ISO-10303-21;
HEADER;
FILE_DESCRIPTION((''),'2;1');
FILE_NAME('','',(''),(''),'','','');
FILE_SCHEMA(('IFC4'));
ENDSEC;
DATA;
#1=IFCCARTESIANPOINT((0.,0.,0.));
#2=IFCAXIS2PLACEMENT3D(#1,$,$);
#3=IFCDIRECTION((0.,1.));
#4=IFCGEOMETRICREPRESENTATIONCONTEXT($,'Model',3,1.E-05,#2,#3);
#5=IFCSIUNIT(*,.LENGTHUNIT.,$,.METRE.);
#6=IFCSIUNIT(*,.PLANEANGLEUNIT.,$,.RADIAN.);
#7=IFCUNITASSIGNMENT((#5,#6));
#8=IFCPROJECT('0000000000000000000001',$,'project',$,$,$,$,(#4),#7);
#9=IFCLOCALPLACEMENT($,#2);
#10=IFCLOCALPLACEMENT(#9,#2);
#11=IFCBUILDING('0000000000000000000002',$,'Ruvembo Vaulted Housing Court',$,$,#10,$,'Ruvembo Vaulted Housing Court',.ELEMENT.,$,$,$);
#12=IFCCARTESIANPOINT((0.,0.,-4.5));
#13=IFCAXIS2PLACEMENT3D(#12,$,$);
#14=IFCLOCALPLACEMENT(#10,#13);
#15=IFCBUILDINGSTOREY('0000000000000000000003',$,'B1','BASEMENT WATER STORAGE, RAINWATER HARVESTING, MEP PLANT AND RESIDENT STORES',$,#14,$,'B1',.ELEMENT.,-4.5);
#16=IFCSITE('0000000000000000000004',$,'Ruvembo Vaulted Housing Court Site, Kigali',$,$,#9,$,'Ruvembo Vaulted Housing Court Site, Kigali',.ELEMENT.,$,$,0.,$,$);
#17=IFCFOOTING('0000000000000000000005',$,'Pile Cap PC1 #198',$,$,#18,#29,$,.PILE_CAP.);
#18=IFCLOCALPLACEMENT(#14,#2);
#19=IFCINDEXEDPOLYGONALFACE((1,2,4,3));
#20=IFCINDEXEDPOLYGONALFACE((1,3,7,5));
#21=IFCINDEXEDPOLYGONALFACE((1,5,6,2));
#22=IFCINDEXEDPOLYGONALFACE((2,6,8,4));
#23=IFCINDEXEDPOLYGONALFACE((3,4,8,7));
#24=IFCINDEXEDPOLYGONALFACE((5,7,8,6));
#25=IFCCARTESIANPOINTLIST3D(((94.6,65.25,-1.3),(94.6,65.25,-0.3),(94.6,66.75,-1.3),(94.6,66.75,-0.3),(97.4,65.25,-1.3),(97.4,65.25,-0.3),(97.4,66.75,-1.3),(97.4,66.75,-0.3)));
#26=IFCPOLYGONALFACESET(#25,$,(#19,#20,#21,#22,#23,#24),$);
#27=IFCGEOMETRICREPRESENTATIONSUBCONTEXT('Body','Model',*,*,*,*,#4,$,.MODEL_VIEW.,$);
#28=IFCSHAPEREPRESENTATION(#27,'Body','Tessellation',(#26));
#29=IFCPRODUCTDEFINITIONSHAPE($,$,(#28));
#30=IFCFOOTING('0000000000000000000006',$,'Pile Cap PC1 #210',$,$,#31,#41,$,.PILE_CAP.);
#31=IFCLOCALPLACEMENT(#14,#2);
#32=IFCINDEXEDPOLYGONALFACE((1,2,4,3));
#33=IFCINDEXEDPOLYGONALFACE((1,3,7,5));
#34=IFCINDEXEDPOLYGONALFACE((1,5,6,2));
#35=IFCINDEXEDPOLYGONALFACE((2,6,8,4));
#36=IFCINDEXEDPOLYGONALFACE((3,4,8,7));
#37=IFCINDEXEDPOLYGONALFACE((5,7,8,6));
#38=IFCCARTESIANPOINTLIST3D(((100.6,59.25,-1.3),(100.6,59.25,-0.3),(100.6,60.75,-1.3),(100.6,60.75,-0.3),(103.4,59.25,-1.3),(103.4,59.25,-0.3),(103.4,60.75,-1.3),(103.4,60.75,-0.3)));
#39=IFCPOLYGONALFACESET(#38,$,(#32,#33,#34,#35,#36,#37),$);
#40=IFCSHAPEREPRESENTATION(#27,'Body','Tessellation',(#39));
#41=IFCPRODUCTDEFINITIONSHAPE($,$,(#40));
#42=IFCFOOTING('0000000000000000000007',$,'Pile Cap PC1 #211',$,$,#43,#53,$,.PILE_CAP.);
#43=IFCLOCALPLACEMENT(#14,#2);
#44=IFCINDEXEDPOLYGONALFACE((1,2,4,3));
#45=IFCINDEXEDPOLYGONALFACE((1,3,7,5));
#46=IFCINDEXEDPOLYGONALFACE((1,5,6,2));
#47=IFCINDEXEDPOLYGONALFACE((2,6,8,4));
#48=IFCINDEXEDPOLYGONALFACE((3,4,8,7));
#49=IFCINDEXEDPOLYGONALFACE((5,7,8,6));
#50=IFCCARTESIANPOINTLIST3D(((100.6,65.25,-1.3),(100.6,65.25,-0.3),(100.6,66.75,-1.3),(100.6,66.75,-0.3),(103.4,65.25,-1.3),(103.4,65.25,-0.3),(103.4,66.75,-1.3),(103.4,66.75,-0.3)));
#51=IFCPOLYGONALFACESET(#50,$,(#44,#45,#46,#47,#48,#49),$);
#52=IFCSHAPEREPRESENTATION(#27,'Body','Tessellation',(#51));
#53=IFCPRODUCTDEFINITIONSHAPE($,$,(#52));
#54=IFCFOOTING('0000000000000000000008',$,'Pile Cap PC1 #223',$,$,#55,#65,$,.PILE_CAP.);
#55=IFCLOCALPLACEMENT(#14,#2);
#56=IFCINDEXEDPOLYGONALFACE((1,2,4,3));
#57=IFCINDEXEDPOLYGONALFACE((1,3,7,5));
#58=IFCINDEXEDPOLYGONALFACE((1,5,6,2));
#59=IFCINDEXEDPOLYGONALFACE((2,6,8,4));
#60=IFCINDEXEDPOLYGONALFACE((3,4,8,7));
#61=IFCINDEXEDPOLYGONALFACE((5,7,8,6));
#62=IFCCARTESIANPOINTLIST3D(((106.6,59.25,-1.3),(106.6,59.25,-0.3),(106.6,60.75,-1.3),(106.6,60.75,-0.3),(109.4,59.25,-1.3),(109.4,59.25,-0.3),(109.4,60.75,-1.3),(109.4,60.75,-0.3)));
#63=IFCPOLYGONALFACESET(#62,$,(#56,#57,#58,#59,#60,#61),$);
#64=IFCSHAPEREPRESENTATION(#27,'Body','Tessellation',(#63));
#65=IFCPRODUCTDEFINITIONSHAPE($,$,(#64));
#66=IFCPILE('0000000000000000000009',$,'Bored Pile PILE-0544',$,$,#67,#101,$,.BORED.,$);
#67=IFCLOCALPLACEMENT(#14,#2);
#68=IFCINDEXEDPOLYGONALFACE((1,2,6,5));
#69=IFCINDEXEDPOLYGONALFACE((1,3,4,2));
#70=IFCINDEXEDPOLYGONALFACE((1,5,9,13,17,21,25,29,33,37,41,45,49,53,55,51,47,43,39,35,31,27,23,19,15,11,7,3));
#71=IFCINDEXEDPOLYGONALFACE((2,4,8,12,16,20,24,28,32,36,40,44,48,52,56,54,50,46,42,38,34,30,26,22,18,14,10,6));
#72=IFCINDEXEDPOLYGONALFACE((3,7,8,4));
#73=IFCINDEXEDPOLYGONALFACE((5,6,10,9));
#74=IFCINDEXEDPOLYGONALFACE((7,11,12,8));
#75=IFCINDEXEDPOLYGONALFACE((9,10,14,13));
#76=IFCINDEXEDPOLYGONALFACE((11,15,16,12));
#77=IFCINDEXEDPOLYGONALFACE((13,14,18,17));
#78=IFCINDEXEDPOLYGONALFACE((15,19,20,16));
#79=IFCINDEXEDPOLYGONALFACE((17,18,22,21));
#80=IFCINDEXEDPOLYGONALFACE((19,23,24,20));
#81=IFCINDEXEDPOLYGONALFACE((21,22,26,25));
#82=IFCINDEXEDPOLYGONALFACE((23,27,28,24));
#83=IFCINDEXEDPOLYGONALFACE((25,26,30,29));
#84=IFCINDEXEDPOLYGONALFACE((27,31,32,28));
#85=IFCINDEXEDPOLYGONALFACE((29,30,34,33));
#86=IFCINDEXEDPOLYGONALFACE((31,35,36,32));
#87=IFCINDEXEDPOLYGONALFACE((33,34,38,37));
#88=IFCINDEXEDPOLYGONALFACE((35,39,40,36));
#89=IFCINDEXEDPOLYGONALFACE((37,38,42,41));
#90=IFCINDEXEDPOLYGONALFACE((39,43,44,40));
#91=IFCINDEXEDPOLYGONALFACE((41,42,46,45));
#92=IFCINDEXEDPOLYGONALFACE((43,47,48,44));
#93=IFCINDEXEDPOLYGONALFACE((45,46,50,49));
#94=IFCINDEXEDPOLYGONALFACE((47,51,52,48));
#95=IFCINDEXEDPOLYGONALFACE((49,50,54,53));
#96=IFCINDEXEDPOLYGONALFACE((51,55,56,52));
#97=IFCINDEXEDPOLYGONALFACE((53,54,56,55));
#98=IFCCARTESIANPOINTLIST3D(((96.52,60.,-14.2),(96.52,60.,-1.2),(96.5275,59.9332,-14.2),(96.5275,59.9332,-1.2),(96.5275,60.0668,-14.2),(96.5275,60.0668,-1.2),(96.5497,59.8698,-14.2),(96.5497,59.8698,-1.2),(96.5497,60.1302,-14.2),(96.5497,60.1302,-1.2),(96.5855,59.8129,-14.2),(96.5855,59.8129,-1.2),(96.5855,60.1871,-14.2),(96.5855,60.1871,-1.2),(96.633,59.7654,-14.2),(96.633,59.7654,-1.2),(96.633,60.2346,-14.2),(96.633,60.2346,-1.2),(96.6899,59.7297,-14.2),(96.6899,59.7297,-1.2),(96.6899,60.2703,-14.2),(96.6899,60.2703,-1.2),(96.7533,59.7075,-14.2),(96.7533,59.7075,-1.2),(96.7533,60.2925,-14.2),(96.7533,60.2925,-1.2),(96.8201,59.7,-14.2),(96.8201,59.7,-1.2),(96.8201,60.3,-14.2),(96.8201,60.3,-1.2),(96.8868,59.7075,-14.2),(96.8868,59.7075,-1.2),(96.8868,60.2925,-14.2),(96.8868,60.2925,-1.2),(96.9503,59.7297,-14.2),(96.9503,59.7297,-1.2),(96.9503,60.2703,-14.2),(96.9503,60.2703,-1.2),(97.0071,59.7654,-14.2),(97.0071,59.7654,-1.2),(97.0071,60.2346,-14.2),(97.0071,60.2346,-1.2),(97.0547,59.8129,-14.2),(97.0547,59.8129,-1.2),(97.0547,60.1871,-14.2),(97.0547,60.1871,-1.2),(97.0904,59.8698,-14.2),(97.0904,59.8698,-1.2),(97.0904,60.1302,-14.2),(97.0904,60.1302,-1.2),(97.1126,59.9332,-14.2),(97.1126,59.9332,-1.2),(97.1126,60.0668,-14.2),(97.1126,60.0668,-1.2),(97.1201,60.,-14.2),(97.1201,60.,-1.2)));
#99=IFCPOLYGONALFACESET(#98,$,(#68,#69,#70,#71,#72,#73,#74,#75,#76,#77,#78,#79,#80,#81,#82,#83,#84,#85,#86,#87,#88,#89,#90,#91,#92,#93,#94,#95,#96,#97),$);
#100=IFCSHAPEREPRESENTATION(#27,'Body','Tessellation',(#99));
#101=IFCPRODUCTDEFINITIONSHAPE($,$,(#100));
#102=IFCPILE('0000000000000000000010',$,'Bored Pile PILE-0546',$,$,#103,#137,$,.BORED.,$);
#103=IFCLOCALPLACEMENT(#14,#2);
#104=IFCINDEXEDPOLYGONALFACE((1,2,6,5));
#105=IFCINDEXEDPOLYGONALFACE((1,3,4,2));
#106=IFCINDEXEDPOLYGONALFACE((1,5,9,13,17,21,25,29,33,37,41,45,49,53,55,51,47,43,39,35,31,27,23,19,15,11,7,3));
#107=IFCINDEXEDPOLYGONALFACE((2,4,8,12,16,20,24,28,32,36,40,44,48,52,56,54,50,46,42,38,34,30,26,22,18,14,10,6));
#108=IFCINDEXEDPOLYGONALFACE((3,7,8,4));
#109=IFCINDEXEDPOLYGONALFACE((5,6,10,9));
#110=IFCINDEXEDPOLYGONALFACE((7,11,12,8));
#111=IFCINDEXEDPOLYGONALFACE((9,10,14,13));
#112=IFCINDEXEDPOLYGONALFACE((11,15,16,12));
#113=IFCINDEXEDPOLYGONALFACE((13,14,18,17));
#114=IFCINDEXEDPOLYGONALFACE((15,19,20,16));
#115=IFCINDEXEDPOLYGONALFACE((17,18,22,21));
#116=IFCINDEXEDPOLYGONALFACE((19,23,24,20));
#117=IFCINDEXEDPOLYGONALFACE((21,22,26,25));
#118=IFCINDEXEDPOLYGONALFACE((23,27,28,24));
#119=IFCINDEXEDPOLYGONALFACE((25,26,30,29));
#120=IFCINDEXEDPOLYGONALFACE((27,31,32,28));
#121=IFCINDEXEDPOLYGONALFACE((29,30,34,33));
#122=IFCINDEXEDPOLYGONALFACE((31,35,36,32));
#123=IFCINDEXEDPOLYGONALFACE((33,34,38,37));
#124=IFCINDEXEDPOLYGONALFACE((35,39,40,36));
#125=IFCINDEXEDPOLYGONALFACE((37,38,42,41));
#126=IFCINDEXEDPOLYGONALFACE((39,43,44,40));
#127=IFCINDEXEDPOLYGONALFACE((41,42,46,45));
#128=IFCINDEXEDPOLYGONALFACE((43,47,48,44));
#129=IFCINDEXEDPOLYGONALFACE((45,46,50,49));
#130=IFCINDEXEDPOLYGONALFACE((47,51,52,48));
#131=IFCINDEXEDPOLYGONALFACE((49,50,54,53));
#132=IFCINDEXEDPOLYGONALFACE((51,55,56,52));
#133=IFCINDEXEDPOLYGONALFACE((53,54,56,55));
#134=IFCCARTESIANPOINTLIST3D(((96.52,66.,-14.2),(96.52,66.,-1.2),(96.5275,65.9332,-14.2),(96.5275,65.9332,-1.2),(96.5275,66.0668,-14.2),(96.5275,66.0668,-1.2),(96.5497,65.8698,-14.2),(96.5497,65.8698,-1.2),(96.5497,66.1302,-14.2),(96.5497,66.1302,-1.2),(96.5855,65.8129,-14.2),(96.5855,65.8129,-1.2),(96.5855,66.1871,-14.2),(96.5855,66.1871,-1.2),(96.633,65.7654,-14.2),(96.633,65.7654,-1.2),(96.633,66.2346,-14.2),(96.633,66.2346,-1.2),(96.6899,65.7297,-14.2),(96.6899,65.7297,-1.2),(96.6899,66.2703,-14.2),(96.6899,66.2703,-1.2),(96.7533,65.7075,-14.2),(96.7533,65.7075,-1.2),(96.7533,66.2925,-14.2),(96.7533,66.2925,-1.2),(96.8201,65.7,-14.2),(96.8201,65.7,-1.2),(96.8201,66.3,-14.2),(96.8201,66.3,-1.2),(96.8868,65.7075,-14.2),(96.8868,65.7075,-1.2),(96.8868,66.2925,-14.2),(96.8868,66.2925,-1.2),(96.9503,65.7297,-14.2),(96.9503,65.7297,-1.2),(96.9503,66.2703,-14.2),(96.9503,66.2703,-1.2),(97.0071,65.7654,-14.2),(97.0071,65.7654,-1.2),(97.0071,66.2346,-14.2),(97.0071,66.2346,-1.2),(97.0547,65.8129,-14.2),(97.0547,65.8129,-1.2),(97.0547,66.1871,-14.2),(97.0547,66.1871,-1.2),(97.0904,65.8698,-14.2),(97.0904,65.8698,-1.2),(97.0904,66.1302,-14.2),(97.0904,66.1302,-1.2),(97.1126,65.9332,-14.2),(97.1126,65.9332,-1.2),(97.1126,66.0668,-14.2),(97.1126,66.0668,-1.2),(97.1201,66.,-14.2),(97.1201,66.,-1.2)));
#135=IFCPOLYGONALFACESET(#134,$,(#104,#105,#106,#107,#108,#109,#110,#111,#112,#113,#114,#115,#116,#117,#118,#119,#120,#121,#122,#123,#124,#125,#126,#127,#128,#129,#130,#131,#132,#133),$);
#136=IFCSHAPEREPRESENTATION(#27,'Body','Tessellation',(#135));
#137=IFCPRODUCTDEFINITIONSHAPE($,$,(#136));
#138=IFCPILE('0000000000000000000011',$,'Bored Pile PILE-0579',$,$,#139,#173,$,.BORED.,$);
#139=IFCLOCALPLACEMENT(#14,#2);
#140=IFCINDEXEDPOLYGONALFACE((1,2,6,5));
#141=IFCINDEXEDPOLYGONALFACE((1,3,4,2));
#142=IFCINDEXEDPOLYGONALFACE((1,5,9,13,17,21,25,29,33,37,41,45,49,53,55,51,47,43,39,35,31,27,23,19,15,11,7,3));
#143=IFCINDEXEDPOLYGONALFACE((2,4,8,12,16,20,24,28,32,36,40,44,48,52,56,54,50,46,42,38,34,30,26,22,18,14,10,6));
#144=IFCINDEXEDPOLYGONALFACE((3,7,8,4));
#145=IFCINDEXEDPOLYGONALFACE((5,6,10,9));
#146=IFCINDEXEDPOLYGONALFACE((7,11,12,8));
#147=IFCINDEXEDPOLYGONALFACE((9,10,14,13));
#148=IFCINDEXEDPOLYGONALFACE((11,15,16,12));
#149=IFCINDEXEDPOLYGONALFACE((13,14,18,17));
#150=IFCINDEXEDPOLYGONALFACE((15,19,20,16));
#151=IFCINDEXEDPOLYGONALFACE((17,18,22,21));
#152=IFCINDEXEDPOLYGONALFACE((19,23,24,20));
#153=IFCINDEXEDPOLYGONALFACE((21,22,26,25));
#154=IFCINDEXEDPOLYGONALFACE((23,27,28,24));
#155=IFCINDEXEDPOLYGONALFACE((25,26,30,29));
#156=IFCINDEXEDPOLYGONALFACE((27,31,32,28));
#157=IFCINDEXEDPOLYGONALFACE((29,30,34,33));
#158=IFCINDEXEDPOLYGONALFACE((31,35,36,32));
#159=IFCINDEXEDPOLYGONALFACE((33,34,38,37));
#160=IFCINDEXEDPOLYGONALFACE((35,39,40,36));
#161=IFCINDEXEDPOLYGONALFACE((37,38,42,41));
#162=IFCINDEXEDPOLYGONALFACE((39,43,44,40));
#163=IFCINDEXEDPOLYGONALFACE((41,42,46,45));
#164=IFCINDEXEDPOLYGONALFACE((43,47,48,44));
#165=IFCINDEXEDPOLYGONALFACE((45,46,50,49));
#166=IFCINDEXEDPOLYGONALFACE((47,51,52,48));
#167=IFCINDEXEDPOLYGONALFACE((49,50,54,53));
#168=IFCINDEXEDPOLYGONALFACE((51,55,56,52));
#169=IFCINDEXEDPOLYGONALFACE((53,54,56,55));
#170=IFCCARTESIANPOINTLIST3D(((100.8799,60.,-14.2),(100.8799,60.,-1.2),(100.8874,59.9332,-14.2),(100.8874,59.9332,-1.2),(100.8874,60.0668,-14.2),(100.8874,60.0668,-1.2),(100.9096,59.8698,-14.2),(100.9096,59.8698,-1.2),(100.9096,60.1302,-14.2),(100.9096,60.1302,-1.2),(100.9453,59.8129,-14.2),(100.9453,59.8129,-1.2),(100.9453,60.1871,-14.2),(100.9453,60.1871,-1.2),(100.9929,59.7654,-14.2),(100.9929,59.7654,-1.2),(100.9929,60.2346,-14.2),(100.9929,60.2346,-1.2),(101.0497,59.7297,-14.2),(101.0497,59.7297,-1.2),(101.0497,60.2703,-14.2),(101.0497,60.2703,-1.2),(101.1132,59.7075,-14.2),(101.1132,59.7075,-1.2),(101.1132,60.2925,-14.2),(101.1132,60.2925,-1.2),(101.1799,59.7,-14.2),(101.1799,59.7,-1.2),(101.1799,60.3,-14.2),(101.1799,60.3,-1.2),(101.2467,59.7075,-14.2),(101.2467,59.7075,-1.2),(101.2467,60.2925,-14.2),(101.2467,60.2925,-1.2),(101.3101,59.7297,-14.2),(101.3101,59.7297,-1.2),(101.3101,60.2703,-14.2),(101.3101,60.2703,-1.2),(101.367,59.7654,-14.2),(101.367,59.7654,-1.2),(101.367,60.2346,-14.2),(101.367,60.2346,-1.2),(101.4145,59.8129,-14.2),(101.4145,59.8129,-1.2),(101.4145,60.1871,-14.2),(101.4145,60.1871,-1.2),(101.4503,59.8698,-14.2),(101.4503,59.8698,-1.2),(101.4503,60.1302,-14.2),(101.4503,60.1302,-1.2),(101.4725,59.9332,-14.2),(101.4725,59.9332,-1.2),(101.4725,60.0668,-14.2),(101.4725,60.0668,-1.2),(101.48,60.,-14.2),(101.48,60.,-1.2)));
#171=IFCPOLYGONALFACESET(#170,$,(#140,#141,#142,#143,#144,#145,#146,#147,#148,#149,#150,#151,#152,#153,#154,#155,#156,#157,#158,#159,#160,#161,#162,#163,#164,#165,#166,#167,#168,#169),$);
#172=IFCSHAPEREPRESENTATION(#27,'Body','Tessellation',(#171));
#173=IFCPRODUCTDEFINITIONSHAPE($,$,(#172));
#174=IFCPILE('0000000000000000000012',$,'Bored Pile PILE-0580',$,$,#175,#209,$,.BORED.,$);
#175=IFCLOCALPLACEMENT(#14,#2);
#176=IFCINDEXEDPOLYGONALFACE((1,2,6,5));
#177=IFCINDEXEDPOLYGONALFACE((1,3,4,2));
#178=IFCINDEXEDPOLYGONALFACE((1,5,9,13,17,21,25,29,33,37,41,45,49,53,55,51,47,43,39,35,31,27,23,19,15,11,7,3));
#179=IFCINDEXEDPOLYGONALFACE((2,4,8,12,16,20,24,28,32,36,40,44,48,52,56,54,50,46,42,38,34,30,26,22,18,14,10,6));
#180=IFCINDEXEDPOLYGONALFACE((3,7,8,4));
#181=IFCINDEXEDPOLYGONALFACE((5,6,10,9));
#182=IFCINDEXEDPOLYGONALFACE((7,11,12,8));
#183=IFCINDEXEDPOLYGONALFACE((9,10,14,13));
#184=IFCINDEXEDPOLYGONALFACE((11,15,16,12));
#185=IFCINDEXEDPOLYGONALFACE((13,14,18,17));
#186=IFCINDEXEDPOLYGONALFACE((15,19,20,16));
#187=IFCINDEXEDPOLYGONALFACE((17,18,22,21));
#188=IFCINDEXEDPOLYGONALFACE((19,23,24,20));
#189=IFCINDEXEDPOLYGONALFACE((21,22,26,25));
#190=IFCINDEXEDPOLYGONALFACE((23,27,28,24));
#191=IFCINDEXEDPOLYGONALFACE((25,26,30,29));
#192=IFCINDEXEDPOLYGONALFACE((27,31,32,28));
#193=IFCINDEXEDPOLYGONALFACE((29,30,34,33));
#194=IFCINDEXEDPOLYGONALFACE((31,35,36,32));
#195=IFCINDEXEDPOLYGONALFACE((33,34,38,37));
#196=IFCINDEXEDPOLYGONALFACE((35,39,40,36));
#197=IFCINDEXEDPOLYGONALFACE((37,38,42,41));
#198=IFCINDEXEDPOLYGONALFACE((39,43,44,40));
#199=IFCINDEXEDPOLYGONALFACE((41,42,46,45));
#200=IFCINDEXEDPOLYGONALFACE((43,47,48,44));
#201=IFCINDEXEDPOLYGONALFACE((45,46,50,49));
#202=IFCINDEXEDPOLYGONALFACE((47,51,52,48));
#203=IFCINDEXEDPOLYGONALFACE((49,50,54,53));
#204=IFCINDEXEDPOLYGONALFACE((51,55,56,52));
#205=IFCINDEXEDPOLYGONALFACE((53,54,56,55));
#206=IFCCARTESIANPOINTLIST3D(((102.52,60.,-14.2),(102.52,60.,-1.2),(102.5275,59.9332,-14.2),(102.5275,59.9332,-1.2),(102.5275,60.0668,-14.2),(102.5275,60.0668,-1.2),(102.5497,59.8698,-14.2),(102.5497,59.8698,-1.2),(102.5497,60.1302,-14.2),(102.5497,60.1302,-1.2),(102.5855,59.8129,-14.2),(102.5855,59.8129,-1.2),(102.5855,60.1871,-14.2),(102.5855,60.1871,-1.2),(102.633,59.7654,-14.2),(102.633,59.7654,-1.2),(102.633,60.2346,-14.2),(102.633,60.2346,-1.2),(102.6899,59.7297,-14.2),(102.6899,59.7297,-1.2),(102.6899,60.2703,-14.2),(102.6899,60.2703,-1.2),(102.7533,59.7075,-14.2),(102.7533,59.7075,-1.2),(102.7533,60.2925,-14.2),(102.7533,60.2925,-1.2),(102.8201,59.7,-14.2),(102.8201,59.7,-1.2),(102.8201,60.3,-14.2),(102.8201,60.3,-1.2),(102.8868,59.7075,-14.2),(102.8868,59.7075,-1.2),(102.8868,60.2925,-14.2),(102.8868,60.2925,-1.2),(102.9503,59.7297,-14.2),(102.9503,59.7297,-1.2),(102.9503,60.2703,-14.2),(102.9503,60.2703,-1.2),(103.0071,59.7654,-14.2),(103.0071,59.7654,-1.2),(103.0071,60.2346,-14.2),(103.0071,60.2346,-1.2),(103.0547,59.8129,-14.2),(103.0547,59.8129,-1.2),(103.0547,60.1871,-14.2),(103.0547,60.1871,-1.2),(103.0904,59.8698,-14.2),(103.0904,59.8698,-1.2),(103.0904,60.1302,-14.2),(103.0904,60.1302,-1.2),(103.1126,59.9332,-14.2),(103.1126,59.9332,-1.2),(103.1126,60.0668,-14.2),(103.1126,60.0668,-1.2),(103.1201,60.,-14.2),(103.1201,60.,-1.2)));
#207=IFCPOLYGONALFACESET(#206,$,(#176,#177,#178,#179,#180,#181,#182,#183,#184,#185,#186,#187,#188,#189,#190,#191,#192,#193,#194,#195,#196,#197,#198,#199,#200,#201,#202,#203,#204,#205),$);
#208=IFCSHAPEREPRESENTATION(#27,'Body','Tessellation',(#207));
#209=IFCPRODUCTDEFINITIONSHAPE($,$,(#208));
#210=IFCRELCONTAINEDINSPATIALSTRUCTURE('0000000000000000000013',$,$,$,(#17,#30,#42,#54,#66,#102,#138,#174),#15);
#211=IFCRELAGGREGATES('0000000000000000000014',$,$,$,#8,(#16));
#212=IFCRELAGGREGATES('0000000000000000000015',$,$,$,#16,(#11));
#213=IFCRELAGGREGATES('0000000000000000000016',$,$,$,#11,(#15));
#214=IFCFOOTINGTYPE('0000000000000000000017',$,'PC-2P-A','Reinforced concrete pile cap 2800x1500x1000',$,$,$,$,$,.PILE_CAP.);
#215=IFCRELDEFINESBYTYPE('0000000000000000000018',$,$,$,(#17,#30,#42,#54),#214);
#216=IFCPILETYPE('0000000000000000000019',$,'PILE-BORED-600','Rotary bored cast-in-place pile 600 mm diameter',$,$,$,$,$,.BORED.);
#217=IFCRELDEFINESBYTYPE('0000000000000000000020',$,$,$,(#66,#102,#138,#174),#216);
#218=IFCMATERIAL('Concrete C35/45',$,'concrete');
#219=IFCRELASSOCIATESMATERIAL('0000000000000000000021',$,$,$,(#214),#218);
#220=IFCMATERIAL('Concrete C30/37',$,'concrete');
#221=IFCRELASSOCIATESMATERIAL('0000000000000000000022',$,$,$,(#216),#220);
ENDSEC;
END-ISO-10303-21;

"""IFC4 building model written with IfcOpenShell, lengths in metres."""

from ifc_helpers import new_model, si_unit, direction, frame, origin, origin_2d, place, context, subcontext, project, spatial, rectangle, circle, extrude, material, material_profile, profile_set, type_object, element, save


model = new_model("IFC4")

# Units and contexts
model_context = context("Model", 3, precision=1e-05, world=origin(), true_north=direction((0.0, 1.0)))
body_context = subcontext(model_context, "Body", "Model", "MODEL_VIEW")
ifc_project = project(units=[si_unit("LENGTHUNIT", "METRE"), si_unit("PLANEANGLEUNIT", "RADIAN")], contexts=[model_context])

# Site, building, storey
site_placement = place(None, origin())
site = spatial("IfcSite", under=ifc_project, at=site_placement, Name="Ruvembo Vaulted Housing Court Site, Kigali", LongName="Ruvembo Vaulted Housing Court Site, Kigali", CompositionType="ELEMENT", RefElevation=0.0)
building_placement = place(site_placement, origin())
building = spatial("IfcBuilding", under=site, at=building_placement, Name="Ruvembo Vaulted Housing Court", LongName="Ruvembo Vaulted Housing Court", CompositionType="ELEMENT")
storey_placement = place(building_placement, frame((0.0, 0.0, -4.5)))
storey = spatial("IfcBuildingStorey", under=building, at=storey_placement, Name="B1", Description="BASEMENT WATER STORAGE, RAINWATER HARVESTING, MEP PLANT AND RESIDENT STORES", LongName="B1", CompositionType="ELEMENT", Elevation=-4.5)

# Footings
ifc_material_1 = material(Name="Concrete C35/45", Category="concrete")
footing_type = type_object("IfcFootingType", Name="PC-2P-A", Description="Reinforced concrete pile cap 2800x1500x1000", PredefinedType="PILE_CAP", material=ifc_material_1)
for number, where, z_axis, x_axis, name in (
    (1, (96.0, 66.0, -1.3), (0.0, 0.0, 1.0), (1.0, 0.0, 0.0), "Pile Cap PC1 #198"),
    (2, (102.0, 60.0, -1.3), (0.0, 0.0, 1.0), (1.0, 0.0, 0.0), "Pile Cap PC1 #210"),
    (3, (102.0, 66.0, -1.3), (0.0, 0.0, 1.0), (1.0, 0.0, 0.0), "Pile Cap PC1 #211"),
    (4, (108.0, 60.0, -1.3), (0.0, 0.0, 1.0), (1.0, 0.0, 0.0), "Pile Cap PC1 #223"),
):
    element("IfcFooting", number, at=place(storey_placement, frame(where, z_axis=z_axis, x_axis=x_axis)), inside=storey, type_object=footing_type, Name=name, PredefinedType="PILE_CAP", context=body_context, shape_type="SweptSolid", body=[
        extrude(rectangle(XDim=2.8, YDim=1.5, at=origin_2d()), origin(), (0.0, 0.0, 1.0), 1.0),
    ])

# Piles
ifc_material_2 = material(Name="Concrete C30/37", Category="concrete")
ifc_material_profile_1 = material_profile(ifc_material_2, circle(Radius=0.3, at=origin_2d()), Name="PILE D600")
ifc_profile_set_1 = profile_set([ifc_material_profile_1], Name="Concrete C30/37")
pile_type = type_object("IfcPileType", Name="PILE-BORED-600", Description="Rotary bored cast-in-place pile 600 mm diameter", PredefinedType="BORED", material=ifc_profile_set_1)
for number, where, z_axis, x_axis, name in (
    (5, (96.8201, 60.0, -1.2), (0.0, 0.0, -1.0), (1.0, 0.0, 0.0), "Bored Pile PILE-0544"),
    (6, (96.8201, 66.0, -1.2), (0.0, 0.0, -1.0), (1.0, 0.0, 0.0), "Bored Pile PILE-0546"),
    (7, (101.1799, 60.0, -1.2), (0.0, 0.0, -1.0), (1.0, 0.0, 0.0), "Bored Pile PILE-0579"),
    (8, (102.8201, 60.0, -1.2), (0.0, 0.0, -1.0), (1.0, 0.0, 0.0), "Bored Pile PILE-0580"),
):
    element("IfcPile", number, at=place(storey_placement, frame(where, z_axis=z_axis, x_axis=x_axis)), inside=storey, type_object=pile_type, Name=name, PredefinedType="BORED", context=body_context, shape_type="SweptSolid", body=[
        extrude(circle(Radius=0.3, at=origin_2d()), origin(), (0.0, 0.0, 1.0), 13.0),
    ])

save(model, "model.ifc")
